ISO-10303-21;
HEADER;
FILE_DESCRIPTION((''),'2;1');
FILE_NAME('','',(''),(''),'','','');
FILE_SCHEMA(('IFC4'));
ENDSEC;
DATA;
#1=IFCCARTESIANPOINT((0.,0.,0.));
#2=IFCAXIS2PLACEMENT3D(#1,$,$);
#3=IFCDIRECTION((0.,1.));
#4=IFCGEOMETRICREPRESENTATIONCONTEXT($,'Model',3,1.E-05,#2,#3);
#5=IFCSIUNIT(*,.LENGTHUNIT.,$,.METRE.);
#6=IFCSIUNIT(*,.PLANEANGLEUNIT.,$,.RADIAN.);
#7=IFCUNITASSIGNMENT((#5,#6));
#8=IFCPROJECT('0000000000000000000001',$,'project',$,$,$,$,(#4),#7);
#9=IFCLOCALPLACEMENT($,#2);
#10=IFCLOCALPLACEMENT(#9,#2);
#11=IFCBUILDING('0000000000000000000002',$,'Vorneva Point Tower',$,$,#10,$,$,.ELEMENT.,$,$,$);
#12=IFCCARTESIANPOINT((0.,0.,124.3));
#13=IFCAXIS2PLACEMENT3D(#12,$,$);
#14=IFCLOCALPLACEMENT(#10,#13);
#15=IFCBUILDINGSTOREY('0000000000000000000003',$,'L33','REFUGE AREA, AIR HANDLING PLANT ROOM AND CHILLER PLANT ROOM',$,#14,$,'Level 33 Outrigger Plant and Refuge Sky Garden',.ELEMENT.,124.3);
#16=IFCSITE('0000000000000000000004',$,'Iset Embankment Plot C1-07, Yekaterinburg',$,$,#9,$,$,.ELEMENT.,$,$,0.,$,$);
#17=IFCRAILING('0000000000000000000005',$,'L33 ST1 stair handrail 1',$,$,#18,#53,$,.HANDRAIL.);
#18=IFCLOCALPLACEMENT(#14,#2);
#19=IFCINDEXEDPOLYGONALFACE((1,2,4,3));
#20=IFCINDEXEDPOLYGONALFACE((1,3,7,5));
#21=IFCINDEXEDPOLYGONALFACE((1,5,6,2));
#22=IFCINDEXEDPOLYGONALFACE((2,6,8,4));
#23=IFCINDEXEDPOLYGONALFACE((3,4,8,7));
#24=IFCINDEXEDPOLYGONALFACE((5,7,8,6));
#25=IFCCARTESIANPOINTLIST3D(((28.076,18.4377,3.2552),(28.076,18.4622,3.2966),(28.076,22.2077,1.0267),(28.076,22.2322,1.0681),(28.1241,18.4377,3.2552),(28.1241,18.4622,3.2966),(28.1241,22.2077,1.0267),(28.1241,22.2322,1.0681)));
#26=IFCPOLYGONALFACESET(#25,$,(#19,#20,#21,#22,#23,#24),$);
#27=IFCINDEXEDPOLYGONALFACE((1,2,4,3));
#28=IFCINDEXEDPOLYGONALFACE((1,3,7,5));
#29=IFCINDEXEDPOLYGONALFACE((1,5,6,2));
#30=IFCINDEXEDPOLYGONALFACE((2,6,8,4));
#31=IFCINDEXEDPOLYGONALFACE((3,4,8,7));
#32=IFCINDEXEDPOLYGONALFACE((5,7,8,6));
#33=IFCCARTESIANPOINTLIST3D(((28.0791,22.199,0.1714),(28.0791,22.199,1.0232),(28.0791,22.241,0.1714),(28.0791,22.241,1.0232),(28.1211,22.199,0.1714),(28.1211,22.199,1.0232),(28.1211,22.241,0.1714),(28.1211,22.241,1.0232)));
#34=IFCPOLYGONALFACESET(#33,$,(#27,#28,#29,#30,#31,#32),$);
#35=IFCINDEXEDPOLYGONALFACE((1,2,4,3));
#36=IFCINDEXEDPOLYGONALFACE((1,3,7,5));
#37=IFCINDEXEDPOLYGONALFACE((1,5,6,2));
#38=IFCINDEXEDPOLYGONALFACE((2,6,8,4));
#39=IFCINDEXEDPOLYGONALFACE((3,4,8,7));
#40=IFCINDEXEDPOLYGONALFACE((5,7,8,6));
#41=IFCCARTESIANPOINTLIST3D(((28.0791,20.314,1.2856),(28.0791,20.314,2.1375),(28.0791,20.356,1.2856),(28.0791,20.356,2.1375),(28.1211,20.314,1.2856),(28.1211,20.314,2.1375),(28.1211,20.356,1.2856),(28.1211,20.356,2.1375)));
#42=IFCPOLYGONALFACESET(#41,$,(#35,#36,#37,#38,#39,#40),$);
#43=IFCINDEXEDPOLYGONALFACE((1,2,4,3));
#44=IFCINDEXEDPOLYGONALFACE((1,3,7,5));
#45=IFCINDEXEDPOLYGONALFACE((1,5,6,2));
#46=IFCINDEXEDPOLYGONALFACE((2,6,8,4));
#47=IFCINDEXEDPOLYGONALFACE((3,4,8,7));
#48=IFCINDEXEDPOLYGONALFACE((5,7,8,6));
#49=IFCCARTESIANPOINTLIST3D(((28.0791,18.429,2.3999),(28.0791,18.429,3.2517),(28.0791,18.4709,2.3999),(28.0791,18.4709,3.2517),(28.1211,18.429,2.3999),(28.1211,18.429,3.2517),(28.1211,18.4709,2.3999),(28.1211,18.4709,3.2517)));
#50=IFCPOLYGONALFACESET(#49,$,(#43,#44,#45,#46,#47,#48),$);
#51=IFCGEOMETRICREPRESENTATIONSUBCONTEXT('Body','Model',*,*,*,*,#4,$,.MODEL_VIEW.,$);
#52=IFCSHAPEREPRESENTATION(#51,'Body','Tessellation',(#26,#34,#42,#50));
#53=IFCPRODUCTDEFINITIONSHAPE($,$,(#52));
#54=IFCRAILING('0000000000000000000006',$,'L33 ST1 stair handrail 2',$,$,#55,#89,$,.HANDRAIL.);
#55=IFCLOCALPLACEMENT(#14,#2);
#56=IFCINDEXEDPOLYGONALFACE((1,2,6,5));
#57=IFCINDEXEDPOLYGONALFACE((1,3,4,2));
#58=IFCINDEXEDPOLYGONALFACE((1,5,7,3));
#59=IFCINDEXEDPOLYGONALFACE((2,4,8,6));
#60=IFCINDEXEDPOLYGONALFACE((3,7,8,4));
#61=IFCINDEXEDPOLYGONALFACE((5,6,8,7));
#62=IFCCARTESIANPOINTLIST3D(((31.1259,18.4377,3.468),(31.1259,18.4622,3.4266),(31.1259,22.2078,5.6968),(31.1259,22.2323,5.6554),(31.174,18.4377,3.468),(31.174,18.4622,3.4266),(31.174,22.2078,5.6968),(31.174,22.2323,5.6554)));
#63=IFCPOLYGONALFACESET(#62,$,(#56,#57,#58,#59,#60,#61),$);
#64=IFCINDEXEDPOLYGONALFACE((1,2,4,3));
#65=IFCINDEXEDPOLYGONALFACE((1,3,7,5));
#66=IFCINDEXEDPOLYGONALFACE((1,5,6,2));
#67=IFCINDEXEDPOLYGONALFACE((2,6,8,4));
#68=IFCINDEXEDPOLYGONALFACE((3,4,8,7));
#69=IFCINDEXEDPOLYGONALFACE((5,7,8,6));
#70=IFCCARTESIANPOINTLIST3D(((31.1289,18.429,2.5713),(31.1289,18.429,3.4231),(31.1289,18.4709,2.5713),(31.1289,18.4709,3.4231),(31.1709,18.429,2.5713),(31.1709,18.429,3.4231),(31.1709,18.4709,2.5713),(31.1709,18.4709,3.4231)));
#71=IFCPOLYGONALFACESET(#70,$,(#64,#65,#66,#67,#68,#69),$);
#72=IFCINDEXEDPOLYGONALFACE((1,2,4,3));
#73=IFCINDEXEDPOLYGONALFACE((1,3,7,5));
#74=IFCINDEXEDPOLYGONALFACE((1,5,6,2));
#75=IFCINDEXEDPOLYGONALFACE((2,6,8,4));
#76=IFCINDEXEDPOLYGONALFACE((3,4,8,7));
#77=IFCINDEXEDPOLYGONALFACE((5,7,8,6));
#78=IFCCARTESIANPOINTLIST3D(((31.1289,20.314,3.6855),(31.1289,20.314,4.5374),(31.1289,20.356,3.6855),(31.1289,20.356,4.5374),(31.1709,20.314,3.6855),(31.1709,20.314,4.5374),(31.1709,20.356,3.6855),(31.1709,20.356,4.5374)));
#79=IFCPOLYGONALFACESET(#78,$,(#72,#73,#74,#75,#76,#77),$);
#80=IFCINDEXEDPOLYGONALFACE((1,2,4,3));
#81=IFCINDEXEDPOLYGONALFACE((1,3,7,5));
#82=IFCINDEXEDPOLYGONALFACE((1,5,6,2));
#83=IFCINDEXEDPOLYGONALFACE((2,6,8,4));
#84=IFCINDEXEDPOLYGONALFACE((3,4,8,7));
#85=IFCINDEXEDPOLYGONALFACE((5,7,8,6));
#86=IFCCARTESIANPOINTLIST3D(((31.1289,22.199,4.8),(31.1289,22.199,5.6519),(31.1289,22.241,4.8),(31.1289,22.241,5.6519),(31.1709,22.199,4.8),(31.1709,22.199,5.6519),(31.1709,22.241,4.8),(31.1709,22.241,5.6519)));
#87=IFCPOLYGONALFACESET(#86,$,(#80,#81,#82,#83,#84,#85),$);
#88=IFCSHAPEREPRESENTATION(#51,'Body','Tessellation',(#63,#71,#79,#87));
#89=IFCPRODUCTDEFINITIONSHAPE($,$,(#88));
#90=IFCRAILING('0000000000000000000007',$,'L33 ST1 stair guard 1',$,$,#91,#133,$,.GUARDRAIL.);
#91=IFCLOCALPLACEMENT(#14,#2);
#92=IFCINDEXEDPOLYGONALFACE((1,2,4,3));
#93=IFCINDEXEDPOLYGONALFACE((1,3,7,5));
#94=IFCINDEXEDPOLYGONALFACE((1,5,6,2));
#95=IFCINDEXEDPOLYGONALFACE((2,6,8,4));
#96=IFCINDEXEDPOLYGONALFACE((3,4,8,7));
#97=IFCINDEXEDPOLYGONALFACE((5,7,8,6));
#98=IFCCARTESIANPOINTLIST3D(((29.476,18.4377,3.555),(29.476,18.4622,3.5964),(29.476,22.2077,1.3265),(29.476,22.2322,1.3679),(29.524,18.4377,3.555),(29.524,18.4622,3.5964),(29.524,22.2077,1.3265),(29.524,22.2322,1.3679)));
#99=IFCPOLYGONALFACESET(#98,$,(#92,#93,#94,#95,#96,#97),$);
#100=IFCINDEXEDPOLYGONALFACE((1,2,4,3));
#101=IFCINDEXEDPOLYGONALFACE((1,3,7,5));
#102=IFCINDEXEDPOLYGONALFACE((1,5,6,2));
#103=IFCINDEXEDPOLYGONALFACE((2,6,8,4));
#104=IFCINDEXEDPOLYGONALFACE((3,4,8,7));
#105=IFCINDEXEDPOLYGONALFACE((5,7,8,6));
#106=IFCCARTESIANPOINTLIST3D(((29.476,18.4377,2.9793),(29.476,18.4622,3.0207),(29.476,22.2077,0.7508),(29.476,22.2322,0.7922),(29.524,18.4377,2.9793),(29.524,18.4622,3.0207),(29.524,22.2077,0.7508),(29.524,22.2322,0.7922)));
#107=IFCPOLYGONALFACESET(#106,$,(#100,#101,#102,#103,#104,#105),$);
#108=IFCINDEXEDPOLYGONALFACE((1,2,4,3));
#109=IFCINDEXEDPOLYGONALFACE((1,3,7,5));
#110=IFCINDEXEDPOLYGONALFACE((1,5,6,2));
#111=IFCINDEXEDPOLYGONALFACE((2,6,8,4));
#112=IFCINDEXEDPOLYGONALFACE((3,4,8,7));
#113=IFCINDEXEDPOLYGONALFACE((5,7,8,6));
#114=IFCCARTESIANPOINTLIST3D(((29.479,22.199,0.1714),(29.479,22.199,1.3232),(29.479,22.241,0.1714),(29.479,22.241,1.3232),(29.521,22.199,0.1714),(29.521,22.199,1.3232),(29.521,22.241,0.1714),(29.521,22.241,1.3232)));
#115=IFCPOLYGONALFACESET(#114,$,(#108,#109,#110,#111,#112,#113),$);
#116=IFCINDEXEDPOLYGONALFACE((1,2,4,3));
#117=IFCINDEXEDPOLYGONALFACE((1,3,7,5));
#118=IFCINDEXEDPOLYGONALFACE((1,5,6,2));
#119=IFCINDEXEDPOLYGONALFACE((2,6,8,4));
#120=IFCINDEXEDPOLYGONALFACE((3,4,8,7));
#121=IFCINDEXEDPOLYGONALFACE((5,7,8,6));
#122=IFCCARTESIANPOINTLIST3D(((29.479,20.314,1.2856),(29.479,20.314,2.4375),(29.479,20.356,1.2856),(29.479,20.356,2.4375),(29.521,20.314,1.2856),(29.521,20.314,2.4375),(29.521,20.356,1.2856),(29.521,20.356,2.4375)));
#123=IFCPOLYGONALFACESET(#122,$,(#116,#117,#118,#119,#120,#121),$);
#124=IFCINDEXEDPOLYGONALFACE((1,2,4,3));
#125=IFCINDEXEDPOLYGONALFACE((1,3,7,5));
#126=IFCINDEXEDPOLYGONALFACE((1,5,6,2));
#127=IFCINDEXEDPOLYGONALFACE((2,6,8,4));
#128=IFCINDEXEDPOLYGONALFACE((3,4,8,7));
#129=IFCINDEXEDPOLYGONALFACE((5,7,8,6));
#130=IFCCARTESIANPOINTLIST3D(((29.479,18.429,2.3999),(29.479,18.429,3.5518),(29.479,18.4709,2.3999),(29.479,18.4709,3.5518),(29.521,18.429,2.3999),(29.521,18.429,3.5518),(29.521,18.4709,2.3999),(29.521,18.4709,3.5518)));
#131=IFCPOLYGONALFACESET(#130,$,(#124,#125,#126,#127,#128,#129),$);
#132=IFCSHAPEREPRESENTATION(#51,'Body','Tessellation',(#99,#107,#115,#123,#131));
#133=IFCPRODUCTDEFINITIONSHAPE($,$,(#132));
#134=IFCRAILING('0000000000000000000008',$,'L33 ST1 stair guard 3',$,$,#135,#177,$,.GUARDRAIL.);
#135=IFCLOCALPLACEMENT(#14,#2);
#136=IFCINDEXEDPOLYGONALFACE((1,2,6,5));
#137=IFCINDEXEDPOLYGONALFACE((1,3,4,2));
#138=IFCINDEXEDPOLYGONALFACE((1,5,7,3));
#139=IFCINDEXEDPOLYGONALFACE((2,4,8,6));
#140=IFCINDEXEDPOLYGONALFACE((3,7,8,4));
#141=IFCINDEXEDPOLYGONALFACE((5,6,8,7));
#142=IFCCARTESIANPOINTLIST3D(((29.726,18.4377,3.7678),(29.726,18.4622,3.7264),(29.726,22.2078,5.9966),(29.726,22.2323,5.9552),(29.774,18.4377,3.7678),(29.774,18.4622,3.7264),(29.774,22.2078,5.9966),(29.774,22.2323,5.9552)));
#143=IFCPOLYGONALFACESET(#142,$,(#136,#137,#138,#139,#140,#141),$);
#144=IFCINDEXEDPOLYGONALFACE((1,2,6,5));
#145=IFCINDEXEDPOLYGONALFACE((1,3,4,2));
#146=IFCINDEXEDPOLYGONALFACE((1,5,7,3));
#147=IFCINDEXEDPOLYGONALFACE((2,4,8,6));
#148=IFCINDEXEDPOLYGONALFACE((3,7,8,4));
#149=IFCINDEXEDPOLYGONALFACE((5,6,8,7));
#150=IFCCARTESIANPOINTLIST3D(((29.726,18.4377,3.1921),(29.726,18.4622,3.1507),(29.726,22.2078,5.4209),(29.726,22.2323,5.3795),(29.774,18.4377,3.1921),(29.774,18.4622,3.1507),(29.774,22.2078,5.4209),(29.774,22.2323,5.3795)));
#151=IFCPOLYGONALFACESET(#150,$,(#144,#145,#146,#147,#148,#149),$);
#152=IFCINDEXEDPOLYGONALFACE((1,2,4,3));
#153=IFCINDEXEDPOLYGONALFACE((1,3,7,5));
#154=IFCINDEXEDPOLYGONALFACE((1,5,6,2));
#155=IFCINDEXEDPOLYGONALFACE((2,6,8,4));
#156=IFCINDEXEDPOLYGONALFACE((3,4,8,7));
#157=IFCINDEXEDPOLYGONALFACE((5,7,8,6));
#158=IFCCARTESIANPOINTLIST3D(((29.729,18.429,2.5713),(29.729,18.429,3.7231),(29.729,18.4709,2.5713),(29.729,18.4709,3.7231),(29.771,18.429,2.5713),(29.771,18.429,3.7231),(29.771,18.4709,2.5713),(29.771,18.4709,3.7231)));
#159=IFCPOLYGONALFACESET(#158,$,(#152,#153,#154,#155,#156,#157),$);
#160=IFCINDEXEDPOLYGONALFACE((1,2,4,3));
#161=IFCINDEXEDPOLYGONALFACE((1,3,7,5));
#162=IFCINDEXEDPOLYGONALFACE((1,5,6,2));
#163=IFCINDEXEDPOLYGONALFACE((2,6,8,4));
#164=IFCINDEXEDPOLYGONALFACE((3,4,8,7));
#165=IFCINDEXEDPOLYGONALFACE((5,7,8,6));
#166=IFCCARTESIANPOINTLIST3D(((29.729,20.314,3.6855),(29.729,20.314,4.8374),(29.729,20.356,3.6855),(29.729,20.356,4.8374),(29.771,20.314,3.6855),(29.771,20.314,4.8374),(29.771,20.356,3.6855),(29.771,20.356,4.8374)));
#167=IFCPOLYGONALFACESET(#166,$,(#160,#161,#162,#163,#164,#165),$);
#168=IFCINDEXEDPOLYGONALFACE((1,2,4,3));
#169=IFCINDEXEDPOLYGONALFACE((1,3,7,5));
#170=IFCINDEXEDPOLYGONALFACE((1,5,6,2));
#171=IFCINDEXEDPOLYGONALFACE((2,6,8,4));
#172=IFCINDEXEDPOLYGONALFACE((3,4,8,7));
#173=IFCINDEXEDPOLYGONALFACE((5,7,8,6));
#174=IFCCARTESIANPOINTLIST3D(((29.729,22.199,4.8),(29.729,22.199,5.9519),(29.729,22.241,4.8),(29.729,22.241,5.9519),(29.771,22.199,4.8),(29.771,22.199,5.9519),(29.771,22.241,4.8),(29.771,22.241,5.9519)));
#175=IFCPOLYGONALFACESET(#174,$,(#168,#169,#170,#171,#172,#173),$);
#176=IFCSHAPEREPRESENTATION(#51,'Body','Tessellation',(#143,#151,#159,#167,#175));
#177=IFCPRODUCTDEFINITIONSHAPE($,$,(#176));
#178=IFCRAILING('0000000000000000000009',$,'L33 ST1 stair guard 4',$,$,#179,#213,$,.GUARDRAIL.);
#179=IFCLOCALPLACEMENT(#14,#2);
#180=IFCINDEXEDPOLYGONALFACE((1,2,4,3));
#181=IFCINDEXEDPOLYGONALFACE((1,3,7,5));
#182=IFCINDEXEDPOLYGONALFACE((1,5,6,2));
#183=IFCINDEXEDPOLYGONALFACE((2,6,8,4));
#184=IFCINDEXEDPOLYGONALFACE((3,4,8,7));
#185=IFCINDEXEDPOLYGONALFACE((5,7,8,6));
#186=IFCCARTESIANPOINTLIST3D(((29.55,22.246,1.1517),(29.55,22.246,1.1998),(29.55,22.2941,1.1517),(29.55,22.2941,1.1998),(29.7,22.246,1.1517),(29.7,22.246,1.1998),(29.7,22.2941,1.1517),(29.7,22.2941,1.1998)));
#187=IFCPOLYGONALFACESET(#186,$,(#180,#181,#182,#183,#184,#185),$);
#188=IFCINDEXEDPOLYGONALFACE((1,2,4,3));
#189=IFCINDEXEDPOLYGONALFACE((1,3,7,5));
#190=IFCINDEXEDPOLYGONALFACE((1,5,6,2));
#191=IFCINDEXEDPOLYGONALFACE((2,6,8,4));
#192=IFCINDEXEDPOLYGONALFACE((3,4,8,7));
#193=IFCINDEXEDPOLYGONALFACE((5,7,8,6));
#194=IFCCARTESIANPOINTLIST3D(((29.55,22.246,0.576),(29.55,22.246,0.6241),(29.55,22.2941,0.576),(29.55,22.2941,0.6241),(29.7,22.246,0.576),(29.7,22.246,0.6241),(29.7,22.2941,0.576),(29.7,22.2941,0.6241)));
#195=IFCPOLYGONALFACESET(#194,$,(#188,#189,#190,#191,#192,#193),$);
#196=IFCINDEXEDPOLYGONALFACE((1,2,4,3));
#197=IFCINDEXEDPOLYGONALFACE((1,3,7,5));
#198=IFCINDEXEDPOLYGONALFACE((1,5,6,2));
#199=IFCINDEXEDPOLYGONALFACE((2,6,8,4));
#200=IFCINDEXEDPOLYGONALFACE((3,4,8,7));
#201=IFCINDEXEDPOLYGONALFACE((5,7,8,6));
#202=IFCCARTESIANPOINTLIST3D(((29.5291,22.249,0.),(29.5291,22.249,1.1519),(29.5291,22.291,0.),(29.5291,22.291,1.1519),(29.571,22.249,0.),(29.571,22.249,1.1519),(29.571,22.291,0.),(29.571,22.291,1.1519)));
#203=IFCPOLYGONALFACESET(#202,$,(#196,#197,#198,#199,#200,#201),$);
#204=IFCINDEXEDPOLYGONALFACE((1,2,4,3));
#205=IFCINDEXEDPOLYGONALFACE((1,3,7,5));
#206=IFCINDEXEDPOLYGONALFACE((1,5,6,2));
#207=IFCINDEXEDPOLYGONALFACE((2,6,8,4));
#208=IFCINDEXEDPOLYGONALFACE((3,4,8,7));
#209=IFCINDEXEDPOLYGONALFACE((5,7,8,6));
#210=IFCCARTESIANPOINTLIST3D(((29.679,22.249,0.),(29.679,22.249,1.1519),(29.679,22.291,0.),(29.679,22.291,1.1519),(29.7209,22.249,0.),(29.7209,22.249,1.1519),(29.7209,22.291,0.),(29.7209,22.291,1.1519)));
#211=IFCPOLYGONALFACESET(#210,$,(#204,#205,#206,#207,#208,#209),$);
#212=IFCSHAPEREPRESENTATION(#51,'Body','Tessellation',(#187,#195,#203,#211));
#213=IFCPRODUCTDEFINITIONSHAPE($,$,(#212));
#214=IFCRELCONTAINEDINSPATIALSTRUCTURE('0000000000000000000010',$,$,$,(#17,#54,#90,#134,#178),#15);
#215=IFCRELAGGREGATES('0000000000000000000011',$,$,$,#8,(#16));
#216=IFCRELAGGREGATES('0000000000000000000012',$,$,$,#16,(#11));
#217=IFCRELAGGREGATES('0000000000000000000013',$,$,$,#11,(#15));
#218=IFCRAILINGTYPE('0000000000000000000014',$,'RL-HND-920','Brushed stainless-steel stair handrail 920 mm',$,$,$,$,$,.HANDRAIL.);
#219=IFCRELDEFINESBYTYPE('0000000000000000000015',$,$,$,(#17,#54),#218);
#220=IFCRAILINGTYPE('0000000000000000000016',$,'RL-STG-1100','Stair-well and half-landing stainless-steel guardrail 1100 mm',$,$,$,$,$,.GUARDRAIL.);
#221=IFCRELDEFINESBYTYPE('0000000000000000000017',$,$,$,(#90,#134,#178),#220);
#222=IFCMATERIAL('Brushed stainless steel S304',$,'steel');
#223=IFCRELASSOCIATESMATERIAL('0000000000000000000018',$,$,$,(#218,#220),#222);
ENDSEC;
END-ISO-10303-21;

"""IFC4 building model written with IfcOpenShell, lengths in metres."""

from ifc_helpers import new_model, si_unit, direction, frame, origin, origin_2d, place, context, subcontext, project, spatial, rectangle, extrude, material, type_object, element, save


model = new_model("IFC4")

# Units and contexts
model_context = context("Model", 3, precision=1e-05, world=origin(), true_north=direction((0.0, 1.0)))
body_context = subcontext(model_context, "Body", "Model", "MODEL_VIEW")
ifc_project = project(units=[si_unit("LENGTHUNIT", "METRE"), si_unit("PLANEANGLEUNIT", "RADIAN")], contexts=[model_context])

# Site, building, storey
site_placement = place(None, origin())
site = spatial("IfcSite", under=ifc_project, at=site_placement, Name="Iset Embankment Plot C1-07, Yekaterinburg", CompositionType="ELEMENT", RefElevation=0.0)
building_placement = place(site_placement, origin())
building = spatial("IfcBuilding", under=site, at=building_placement, Name="Vorneva Point Tower", CompositionType="ELEMENT")
storey_placement = place(building_placement, frame((0.0, 0.0, 124.3)))
storey = spatial("IfcBuildingStorey", under=building, at=storey_placement, Name="L33", Description="REFUGE AREA, AIR HANDLING PLANT ROOM AND CHILLER PLANT ROOM", LongName="Level 33 Outrigger Plant and Refuge Sky Garden", CompositionType="ELEMENT", Elevation=124.3)

# Shared definitions
ifc_material_1 = material(Name="Brushed stainless steel S304", Category="steel")

# Railings
railing_type_1 = type_object("IfcRailingType", Name="RL-HND-920", Description="Brushed stainless-steel stair handrail 920 mm", PredefinedType="HANDRAIL", material=ifc_material_1)
railing_1_placement = place(storey_placement, frame((28.1001, 22.22, 0.1714)))
element("IfcRailing", 1, at=railing_1_placement, inside=storey, type_object=railing_type_1, Name="L33 ST1 stair handrail 1", PredefinedType="HANDRAIL", context=body_context, shape_type="SweptSolid", body=[
    extrude(rectangle(XDim=0.0481, YDim=0.0481, at=origin_2d()), frame((0.0, 0.0, 0.876), z_axis=(0.0, -0.860849, 0.508861), x_axis=(1.0, 0.0, 0.0)), (0.0, 0.0, 1.0), 4.3794),
    extrude(rectangle(XDim=0.042, YDim=0.042, at=origin_2d()), origin(), (0.0, 0.0, 1.0), 0.8518),
    extrude(rectangle(XDim=0.042, YDim=0.042, at=origin_2d()), frame((0.0, -1.885, 1.1143)), (0.0, 0.0, 1.0), 0.8518),
    extrude(rectangle(XDim=0.042, YDim=0.042, at=origin_2d()), frame((0.0, -3.77, 2.2285)), (0.0, 0.0, 1.0), 0.8518),
])
railing_2_placement = place(storey_placement, frame((31.1499, 18.45, 2.5713)))
element("IfcRailing", 2, at=railing_2_placement, inside=storey, type_object=railing_type_1, Name="L33 ST1 stair handrail 2", PredefinedType="HANDRAIL", context=body_context, shape_type="SweptSolid", body=[
    extrude(rectangle(XDim=0.0481, YDim=0.0481, at=origin_2d()), frame((0.0, 0.0, 0.876), z_axis=(0.0, 0.860824, 0.508902), x_axis=(-1.0, 0.0, 0.0)), (0.0, 0.0, 1.0), 4.3796),
    extrude(rectangle(XDim=0.042, YDim=0.042, at=origin_2d()), origin(), (0.0, 0.0, 1.0), 0.8518),
    extrude(rectangle(XDim=0.042, YDim=0.042, at=origin_2d()), frame((0.0, 1.885, 1.1143)), (0.0, 0.0, 1.0), 0.8518),
    extrude(rectangle(XDim=0.042, YDim=0.042, at=origin_2d()), frame((0.0, 3.77, 2.2288)), (0.0, 0.0, 1.0), 0.8518),
])
railing_type_2 = type_object("IfcRailingType", Name="RL-STG-1100", Description="Stair-well and half-landing stainless-steel guardrail 1100 mm", PredefinedType="GUARDRAIL", material=ifc_material_1)
railing_3_placement = place(storey_placement, frame((29.5, 22.22, 0.1714)))
element("IfcRailing", 3, at=railing_3_placement, inside=storey, type_object=railing_type_2, Name="L33 ST1 stair guard 1", PredefinedType="GUARDRAIL", context=body_context, shape_type="SweptSolid", body=[
    extrude(rectangle(XDim=0.0481, YDim=0.0481, at=origin_2d()), frame((0.0, 0.0, 1.1758), z_axis=(0.0, -0.860849, 0.508861), x_axis=(1.0, 0.0, 0.0)), (0.0, 0.0, 1.0), 4.3794),
    extrude(rectangle(XDim=0.0481, YDim=0.0481, at=origin_2d()), frame((0.0, 0.0, 0.6001), z_axis=(0.0, -0.860849, 0.508861), x_axis=(1.0, 0.0, 0.0)), (0.0, 0.0, 1.0), 4.3794),
    extrude(rectangle(XDim=0.042, YDim=0.042, at=origin_2d()), origin(), (0.0, 0.0, 1.0), 1.1519),
    extrude(rectangle(XDim=0.042, YDim=0.042, at=origin_2d()), frame((0.0, -1.885, 1.1143)), (0.0, 0.0, 1.0), 1.1519),
    extrude(rectangle(XDim=0.042, YDim=0.042, at=origin_2d()), frame((0.0, -3.77, 2.2285)), (0.0, 0.0, 1.0), 1.1519),
])
railing_4_placement = place(storey_placement, frame((29.75, 18.45, 2.5713)))
element("IfcRailing", 4, at=railing_4_placement, inside=storey, type_object=railing_type_2, Name="L33 ST1 stair guard 3", PredefinedType="GUARDRAIL", context=body_context, shape_type="SweptSolid", body=[
    extrude(rectangle(XDim=0.0481, YDim=0.0481, at=origin_2d()), frame((0.0, 0.0, 1.1758), z_axis=(0.0, 0.860824, 0.508902), x_axis=(-1.0, 0.0, 0.0)), (0.0, 0.0, 1.0), 4.3796),
    extrude(rectangle(XDim=0.0481, YDim=0.0481, at=origin_2d()), frame((0.0, 0.0, 0.6001), z_axis=(0.0, 0.860824, 0.508902), x_axis=(-1.0, 0.0, 0.0)), (0.0, 0.0, 1.0), 4.3796),
    extrude(rectangle(XDim=0.042, YDim=0.042, at=origin_2d()), origin(), (0.0, 0.0, 1.0), 1.1519),
    extrude(rectangle(XDim=0.042, YDim=0.042, at=origin_2d()), frame((0.0, 1.885, 1.1143)), (0.0, 0.0, 1.0), 1.1519),
    extrude(rectangle(XDim=0.042, YDim=0.042, at=origin_2d()), frame((0.0, 3.77, 2.2288)), (0.0, 0.0, 1.0), 1.1519),
])
railing_5_placement = place(storey_placement, frame((29.55, 22.27, 0.0)))
element("IfcRailing", 5, at=railing_5_placement, inside=storey, type_object=railing_type_2, Name="L33 ST1 stair guard 4", PredefinedType="GUARDRAIL", context=body_context, shape_type="SweptSolid", body=[
    extrude(rectangle(XDim=0.0481, YDim=0.0481, at=origin_2d()), frame((0.0, 0.0, 1.1758), z_axis=(1.0, 0.0, 0.0), x_axis=(0.0, 1.0, 0.0)), (0.0, 0.0, 1.0), 0.1499),
    extrude(rectangle(XDim=0.0481, YDim=0.0481, at=origin_2d()), frame((0.0, 0.0, 0.6001), z_axis=(1.0, 0.0, 0.0), x_axis=(0.0, 1.0, 0.0)), (0.0, 0.0, 1.0), 0.1499),
    extrude(rectangle(XDim=0.042, YDim=0.042, at=origin_2d()), origin(), (0.0, 0.0, 1.0), 1.1519),
    extrude(rectangle(XDim=0.042, YDim=0.042, at=origin_2d()), frame((0.1499, 0.0, 0.0)), (0.0, 0.0, 1.0), 1.1519),
])

save(model, "model.ifc")
